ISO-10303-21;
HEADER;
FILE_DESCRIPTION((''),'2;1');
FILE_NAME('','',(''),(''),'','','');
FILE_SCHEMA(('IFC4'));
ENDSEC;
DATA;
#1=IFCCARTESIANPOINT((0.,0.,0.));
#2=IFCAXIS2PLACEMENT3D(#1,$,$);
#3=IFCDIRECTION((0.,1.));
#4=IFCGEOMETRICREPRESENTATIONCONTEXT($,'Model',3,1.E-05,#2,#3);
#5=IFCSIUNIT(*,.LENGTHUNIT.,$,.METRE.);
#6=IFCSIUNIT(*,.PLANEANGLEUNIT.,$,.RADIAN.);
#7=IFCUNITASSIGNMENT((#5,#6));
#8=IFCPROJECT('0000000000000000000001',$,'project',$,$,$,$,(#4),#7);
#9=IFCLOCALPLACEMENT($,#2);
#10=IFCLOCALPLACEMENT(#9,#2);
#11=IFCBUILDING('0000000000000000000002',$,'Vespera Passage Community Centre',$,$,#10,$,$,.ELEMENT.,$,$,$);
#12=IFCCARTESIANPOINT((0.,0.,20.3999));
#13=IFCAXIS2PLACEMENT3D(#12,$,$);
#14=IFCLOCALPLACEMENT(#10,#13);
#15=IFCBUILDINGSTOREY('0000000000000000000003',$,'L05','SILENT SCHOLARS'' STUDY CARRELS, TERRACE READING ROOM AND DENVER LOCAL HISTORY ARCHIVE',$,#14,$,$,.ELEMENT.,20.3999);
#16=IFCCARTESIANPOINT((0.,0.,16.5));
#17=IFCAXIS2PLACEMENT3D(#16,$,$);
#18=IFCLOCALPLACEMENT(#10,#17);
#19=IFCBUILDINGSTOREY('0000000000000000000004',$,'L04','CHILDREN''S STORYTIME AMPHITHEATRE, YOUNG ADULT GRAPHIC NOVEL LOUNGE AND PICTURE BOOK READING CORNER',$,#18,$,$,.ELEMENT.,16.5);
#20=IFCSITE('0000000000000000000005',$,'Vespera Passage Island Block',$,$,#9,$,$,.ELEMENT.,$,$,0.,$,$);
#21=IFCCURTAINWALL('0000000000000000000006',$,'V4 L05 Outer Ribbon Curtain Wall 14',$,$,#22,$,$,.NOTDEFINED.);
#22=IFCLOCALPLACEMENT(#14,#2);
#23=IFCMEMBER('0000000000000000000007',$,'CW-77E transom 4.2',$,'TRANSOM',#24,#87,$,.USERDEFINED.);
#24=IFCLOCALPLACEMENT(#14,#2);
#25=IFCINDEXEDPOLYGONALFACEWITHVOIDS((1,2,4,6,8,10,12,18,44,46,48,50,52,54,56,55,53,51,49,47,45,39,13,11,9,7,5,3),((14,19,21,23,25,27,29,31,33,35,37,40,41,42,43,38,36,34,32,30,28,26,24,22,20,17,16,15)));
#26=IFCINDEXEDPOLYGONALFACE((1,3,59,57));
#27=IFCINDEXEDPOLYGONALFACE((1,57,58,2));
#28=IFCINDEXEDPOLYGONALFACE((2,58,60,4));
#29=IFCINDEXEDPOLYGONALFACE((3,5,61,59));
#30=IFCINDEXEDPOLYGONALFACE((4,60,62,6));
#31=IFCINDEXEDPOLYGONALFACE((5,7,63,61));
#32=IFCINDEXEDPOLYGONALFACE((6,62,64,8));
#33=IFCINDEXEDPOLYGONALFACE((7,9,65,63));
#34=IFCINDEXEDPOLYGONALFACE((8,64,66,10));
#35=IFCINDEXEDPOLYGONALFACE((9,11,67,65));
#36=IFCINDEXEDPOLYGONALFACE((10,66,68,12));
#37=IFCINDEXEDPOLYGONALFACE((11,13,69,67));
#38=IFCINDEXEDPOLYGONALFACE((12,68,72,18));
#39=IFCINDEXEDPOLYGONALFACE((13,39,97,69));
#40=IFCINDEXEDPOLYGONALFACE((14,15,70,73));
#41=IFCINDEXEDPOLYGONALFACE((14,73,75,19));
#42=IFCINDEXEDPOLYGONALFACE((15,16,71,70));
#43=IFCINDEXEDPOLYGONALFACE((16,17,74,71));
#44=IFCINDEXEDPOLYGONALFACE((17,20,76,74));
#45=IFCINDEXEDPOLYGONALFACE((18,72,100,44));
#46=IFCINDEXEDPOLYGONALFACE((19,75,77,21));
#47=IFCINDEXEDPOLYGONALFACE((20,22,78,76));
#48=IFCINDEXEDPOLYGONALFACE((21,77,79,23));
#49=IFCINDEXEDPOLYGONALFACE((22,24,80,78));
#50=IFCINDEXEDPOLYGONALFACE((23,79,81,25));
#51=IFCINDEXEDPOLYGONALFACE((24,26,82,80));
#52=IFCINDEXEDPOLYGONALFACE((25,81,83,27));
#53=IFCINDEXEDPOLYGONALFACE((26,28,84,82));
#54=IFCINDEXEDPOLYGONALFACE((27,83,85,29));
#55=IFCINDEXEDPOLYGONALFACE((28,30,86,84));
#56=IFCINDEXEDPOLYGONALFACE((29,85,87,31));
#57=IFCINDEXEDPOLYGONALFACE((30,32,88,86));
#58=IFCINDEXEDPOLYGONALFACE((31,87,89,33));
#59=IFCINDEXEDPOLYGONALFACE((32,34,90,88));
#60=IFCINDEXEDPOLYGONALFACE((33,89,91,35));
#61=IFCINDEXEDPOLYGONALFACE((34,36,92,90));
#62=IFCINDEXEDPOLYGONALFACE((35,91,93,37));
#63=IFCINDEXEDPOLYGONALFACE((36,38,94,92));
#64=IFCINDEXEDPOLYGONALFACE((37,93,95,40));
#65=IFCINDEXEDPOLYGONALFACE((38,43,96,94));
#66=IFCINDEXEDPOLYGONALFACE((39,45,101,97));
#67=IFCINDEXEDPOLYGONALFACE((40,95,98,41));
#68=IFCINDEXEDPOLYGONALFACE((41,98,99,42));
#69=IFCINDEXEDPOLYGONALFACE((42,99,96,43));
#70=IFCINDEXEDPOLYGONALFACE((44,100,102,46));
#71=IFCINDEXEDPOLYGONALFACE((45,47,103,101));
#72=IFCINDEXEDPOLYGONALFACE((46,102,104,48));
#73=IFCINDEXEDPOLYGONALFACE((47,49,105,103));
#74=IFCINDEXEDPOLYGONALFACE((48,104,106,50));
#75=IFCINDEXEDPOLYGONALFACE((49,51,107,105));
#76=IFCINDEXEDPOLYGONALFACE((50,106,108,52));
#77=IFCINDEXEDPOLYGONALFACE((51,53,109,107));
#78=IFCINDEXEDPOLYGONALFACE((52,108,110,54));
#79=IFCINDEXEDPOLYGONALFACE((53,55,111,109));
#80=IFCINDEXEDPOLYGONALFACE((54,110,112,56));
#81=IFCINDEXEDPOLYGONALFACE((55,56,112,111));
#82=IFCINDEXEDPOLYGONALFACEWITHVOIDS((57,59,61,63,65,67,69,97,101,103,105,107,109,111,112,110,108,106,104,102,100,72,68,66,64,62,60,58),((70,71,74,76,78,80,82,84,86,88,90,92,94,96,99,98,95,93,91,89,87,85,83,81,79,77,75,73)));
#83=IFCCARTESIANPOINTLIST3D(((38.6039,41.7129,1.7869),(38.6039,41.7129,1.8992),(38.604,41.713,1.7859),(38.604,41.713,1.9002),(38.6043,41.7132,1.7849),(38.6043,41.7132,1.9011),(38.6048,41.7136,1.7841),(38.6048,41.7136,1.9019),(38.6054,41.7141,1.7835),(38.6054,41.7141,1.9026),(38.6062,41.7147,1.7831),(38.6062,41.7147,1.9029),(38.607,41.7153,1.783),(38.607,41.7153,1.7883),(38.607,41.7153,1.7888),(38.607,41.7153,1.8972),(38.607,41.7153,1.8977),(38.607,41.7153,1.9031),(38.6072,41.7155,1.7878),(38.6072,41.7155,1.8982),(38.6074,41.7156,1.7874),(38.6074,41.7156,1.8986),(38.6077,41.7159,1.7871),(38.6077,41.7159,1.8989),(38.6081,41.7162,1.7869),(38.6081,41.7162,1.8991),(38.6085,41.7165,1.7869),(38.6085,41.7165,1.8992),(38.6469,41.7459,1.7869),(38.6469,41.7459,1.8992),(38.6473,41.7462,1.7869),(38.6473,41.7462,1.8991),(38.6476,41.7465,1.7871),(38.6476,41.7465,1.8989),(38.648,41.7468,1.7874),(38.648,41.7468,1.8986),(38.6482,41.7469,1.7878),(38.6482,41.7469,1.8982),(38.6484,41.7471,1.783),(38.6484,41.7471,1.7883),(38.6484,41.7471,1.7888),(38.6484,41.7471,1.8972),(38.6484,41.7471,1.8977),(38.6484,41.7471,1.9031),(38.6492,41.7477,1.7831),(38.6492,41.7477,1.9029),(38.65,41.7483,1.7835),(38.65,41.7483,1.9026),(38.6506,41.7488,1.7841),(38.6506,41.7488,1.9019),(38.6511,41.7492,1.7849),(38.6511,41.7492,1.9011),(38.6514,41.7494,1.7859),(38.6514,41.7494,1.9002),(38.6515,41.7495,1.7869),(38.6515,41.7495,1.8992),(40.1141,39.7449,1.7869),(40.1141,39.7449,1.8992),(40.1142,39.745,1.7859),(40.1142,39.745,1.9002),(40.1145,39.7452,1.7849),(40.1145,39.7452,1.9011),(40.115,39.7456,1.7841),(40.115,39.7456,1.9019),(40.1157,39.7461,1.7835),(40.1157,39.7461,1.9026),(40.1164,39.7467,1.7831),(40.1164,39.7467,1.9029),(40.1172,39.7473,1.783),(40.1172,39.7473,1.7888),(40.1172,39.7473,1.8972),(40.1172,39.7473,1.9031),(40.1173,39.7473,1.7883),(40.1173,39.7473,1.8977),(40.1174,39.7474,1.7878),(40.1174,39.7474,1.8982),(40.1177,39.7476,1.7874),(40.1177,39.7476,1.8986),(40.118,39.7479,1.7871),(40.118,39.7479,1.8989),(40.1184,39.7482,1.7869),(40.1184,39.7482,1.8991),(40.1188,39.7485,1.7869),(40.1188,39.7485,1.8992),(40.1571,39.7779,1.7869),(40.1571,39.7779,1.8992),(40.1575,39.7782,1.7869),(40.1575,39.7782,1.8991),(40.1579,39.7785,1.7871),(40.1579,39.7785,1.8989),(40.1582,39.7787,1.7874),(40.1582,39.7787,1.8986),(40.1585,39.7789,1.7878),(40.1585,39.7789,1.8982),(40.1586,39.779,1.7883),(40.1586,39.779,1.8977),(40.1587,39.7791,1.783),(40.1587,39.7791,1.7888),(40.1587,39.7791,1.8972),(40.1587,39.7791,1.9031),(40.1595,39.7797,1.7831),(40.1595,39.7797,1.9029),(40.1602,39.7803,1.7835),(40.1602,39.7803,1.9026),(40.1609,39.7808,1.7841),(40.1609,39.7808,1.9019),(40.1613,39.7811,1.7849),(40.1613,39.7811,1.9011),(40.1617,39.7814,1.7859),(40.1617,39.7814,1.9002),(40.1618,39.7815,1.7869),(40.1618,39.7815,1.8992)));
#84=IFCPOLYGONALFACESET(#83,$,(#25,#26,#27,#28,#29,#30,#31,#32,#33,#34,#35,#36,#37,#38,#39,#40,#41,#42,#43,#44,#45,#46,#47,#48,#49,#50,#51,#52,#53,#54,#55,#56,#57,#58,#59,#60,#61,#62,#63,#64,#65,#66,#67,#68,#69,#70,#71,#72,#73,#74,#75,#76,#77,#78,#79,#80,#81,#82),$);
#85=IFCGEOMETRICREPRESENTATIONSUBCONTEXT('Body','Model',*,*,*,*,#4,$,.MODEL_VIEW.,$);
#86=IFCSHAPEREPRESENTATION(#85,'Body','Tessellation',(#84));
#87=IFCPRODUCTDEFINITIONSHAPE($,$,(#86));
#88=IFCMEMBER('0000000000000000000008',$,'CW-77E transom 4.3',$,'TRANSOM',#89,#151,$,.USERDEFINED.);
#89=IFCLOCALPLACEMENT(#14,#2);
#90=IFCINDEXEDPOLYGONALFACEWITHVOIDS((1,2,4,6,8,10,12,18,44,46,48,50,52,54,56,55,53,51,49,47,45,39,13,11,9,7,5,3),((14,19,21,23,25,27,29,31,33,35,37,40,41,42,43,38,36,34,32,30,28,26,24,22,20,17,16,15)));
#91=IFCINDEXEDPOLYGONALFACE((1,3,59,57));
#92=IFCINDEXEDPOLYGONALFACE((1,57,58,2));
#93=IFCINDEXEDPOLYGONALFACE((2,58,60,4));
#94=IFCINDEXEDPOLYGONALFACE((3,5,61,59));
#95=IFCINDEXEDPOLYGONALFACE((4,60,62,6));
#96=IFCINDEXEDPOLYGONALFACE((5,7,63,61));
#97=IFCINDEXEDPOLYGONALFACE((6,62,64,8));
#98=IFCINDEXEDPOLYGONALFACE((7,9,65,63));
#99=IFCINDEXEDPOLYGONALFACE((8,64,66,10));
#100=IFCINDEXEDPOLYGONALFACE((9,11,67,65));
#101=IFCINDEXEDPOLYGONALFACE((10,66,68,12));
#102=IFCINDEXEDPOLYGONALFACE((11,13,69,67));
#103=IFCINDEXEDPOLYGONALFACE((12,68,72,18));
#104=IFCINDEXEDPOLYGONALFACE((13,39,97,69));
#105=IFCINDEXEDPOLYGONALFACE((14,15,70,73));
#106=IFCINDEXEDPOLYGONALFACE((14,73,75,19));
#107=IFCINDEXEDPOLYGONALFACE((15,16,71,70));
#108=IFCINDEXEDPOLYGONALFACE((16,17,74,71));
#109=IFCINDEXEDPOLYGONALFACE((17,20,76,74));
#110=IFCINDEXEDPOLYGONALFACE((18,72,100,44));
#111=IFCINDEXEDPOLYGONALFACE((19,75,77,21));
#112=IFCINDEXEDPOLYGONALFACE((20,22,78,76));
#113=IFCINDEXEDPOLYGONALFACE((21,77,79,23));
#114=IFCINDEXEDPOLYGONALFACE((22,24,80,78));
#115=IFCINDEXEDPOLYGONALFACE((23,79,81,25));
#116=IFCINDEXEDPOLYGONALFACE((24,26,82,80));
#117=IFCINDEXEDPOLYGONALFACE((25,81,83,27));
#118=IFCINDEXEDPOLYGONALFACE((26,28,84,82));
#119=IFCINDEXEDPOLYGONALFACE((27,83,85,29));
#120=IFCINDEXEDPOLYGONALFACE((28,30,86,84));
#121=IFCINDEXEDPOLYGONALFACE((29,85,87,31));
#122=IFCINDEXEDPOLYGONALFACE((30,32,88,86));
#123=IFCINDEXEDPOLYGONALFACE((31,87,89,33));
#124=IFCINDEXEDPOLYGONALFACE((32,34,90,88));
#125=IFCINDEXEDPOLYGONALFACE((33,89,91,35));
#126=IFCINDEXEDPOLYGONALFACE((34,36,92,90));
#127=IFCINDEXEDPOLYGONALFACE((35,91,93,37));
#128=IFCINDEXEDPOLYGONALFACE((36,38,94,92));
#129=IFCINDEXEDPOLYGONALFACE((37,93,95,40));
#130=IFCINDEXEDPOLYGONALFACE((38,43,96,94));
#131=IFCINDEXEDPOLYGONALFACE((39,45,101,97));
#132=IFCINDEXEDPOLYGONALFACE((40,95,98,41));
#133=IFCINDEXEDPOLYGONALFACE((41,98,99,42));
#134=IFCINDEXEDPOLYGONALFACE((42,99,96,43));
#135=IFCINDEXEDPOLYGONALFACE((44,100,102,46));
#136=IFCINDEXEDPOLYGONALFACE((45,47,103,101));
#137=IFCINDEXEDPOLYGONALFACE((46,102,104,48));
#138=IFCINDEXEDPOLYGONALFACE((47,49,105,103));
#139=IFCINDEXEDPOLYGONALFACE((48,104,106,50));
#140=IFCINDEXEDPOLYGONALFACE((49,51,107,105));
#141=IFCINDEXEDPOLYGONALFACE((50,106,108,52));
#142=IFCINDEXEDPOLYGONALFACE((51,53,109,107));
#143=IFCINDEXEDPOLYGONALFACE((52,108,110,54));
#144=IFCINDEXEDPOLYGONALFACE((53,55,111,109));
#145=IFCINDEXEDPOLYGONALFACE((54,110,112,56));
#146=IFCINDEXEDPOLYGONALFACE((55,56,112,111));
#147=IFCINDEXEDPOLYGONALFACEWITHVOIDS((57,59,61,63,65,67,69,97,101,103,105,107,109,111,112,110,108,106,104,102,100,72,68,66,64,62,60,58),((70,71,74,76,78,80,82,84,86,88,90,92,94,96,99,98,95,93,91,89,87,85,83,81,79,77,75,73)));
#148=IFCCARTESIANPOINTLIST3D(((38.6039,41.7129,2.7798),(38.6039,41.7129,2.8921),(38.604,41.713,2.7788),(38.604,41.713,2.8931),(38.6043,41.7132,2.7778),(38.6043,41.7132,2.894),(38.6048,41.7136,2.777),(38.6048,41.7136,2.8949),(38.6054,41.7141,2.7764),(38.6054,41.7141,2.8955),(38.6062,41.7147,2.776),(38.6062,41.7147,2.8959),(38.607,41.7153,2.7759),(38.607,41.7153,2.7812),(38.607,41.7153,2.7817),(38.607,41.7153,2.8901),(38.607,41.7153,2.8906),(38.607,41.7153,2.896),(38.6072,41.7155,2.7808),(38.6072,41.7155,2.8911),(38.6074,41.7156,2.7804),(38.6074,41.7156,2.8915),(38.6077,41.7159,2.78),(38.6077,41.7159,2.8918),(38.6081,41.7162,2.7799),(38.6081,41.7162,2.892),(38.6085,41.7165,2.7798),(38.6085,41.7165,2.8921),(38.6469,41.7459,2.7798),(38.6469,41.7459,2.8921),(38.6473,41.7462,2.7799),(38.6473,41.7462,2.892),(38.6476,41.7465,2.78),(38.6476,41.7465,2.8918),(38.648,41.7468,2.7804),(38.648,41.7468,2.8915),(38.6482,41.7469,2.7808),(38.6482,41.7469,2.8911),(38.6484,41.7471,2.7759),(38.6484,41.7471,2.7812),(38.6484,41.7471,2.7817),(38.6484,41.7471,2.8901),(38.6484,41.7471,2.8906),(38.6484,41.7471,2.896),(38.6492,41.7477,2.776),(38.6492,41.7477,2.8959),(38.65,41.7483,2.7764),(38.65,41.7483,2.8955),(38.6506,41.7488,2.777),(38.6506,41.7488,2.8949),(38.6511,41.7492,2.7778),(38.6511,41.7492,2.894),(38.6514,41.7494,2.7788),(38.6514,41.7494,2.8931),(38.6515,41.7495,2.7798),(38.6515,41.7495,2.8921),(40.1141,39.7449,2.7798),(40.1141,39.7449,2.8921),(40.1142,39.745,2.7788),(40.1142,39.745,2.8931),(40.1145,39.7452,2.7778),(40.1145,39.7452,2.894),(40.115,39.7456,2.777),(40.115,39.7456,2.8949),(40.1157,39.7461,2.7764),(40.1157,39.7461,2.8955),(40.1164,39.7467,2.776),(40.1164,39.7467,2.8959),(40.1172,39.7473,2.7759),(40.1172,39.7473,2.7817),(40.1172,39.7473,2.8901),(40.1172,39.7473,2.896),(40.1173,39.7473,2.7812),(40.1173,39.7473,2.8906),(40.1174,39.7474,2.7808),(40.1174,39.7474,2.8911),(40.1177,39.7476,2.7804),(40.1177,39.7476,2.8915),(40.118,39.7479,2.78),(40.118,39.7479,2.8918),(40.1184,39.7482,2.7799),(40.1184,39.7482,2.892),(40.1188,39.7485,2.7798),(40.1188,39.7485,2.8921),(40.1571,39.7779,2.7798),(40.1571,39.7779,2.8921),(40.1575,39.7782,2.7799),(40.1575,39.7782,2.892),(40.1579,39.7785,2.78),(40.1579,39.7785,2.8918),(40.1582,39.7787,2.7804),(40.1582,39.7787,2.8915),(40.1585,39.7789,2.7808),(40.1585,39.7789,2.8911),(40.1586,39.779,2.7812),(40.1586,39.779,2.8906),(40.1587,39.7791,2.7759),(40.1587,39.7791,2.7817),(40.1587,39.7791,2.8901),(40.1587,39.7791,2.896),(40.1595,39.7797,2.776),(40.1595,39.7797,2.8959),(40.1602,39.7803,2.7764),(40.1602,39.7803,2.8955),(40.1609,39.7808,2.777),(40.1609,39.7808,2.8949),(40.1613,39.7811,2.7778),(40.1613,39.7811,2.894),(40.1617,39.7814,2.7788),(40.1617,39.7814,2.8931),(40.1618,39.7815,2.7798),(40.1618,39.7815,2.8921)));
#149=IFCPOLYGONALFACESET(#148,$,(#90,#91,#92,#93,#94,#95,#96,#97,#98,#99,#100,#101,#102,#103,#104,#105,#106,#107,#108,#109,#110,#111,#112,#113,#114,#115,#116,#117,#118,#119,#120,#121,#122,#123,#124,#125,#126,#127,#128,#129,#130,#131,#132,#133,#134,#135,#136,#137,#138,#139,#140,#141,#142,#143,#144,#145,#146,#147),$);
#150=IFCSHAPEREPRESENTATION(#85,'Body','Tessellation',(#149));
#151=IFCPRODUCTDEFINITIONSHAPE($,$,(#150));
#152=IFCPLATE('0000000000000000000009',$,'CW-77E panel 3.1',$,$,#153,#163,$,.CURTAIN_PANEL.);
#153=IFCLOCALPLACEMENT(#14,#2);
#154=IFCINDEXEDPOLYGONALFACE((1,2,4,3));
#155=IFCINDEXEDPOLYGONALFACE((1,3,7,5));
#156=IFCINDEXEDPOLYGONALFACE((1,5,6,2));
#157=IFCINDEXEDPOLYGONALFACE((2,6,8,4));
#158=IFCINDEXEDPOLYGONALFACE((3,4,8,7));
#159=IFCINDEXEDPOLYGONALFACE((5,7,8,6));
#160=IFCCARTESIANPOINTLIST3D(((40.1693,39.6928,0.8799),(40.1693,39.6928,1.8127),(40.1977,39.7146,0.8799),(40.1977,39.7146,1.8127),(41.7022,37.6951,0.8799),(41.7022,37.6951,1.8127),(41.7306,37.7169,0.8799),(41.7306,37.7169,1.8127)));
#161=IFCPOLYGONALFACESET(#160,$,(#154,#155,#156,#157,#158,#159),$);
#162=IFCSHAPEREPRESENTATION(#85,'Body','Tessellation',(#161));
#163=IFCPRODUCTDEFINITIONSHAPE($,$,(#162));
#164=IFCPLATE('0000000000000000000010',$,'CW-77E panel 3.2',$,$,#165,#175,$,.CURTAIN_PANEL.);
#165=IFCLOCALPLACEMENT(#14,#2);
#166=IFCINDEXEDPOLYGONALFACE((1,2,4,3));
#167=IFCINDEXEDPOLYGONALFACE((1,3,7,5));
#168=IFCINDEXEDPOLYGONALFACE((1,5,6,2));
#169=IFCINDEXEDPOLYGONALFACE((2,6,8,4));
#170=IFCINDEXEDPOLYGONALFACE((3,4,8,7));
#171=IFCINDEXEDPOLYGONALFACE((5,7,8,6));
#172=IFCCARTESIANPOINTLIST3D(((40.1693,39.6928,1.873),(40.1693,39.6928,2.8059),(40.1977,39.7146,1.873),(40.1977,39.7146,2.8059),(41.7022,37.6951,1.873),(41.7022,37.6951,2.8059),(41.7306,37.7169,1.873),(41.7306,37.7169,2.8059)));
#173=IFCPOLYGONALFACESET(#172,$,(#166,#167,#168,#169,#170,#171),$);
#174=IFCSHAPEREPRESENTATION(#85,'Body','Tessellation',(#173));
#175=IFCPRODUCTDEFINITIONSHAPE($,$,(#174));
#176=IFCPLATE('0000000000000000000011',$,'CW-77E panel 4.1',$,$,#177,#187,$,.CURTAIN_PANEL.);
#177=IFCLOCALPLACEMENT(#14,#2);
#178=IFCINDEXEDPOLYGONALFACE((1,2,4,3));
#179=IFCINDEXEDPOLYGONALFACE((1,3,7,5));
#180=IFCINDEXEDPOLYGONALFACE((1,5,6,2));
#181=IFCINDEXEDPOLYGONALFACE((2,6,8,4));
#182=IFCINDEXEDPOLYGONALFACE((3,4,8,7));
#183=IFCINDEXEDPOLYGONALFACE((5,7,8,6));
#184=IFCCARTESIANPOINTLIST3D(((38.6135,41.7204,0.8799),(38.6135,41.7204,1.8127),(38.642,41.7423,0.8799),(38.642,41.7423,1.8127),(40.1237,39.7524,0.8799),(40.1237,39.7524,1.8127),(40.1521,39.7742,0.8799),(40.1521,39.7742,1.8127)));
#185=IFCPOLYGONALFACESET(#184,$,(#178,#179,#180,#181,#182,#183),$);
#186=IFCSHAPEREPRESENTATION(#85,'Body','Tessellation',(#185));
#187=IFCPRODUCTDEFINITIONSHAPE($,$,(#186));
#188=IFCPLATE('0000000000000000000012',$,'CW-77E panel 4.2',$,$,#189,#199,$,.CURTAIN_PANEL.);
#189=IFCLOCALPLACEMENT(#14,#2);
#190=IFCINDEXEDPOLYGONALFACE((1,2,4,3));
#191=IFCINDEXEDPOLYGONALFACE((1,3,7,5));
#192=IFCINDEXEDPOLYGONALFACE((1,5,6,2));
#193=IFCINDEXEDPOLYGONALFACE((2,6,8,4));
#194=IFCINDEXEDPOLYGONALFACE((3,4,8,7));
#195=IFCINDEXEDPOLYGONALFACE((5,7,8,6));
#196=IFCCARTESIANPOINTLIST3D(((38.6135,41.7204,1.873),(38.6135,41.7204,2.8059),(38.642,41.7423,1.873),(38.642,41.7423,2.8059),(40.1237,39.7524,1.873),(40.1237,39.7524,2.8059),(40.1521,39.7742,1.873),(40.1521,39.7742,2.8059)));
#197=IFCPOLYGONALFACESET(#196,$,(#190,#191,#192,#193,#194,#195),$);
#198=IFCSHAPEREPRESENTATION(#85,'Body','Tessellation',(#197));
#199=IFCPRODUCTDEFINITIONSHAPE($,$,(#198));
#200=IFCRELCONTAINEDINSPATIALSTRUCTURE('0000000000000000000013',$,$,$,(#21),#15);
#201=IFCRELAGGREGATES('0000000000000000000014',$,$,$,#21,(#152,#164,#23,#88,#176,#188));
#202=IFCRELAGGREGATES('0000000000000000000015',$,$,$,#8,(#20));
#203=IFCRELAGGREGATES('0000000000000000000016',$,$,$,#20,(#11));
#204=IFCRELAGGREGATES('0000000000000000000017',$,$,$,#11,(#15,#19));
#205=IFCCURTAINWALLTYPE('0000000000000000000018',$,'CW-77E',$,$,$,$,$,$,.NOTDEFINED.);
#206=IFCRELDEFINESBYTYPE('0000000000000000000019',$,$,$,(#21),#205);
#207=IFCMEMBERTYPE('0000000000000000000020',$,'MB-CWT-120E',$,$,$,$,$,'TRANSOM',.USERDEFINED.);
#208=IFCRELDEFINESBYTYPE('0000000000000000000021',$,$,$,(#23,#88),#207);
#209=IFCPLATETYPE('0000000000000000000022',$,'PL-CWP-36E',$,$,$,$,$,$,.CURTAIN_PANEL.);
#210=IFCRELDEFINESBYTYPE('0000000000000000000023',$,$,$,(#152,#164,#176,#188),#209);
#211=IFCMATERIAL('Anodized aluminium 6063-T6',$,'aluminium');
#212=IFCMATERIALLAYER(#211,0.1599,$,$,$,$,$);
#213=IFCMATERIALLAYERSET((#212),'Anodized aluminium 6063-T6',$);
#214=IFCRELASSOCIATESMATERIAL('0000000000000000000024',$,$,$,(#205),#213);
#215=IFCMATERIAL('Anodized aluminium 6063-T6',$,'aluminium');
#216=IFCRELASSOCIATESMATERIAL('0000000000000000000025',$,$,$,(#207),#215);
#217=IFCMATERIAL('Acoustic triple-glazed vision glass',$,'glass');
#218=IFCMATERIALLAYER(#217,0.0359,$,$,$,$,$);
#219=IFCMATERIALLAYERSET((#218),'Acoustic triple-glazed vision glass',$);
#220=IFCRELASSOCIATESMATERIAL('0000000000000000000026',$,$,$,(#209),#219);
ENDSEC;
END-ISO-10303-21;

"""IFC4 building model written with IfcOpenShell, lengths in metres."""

from ifc_helpers import new_model, si_unit, direction, frame, origin, origin_2d, place, context, subcontext, project, spatial, rectangle, hollow_rectangle, extrude, material, layer, layer_set, material_profile, profile_set, type_object, element, aggregate, save


model = new_model("IFC4")

# Units and contexts
model_context = context("Model", 3, precision=1e-05, world=origin(), true_north=direction((0.0, 1.0)))
body_context = subcontext(model_context, "Body", "Model", "MODEL_VIEW")
ifc_project = project(units=[si_unit("LENGTHUNIT", "METRE"), si_unit("PLANEANGLEUNIT", "RADIAN")], contexts=[model_context])

# Site, building, storey
site_placement = place(None, origin())
site = spatial("IfcSite", under=ifc_project, at=site_placement, Name="Vespera Passage Island Block", CompositionType="ELEMENT", RefElevation=0.0)
building_placement = place(site_placement, origin())
building = spatial("IfcBuilding", under=site, at=building_placement, Name="Vespera Passage Community Centre", CompositionType="ELEMENT")
storey_1_placement = place(building_placement, frame((0.0, 0.0, 20.3999)))
storey_1 = spatial("IfcBuildingStorey", under=building, at=storey_1_placement, Name="L05", Description="SILENT SCHOLARS' STUDY CARRELS, TERRACE READING ROOM AND DENVER LOCAL HISTORY ARCHIVE", CompositionType="ELEMENT", Elevation=20.3999)

# Curtain wall, members, plates
ifc_material_1 = material(Name="Anodized aluminium 6063-T6", Category="aluminium")
ifc_layer_1 = layer(ifc_material_1, 0.1599)
ifc_layer_set_1 = layer_set([ifc_layer_1], Name="Anodized aluminium 6063-T6")
curtain_wall_type = type_object("IfcCurtainWallType", Name="CW-77E", PredefinedType="NOTDEFINED", material=ifc_layer_set_1)
curtain_wall_placement = place(storey_1_placement, origin())
curtain_wall = element("IfcCurtainWall", 1, at=curtain_wall_placement, inside=storey_1, type_object=curtain_wall_type, Name="V4 L05 Outer Ribbon Curtain Wall 14", PredefinedType="NOTDEFINED")
ifc_material_2 = material(Name="Anodized aluminium 6063-T6", Category="aluminium")
ifc_material_profile_1 = material_profile(ifc_material_2, hollow_rectangle(XDim=0.0601, YDim=0.1201, WallThickness=0.0039, InnerFilletRadius=0.002, OuterFilletRadius=0.0039, at=origin_2d()), Name="ALU120X60X4")
ifc_profile_set_1 = profile_set([ifc_material_profile_1], Name="Anodized aluminium 6063-T6")
member_type_1 = type_object("IfcMemberType", Name="MB-CWT-120E", ElementType="TRANSOM", PredefinedType="USERDEFINED", material=ifc_profile_set_1)
member_1_placement = place(storey_1_placement, frame((40.1379, 39.7632, 1.843), z_axis=(-0.608797, 0.793326, 0.0), x_axis=(-0.793326, -0.608797, 0.0)))
member_1 = element("IfcMember", 2, at=member_1_placement, type_object=member_type_1, Name="CW-77E transom 4.2", ObjectType="TRANSOM", PredefinedType="USERDEFINED", context=body_context, shape_type="SweptSolid", body=[
    extrude(hollow_rectangle(XDim=0.0601, YDim=0.1201, WallThickness=0.0039, InnerFilletRadius=0.002, OuterFilletRadius=0.0039, at=origin_2d()), origin(), (0.0, 0.0, 1.0), 2.4807),
])
member_2_placement = place(storey_1_placement, frame((40.1379, 39.7632, 2.8359), z_axis=(-0.608797, 0.793326, 0.0), x_axis=(-0.793326, -0.608797, 0.0)))
member_2 = element("IfcMember", 3, at=member_2_placement, type_object=member_type_1, Name="CW-77E transom 4.3", ObjectType="TRANSOM", PredefinedType="USERDEFINED", context=body_context, shape_type="SweptSolid", body=[
    extrude(hollow_rectangle(XDim=0.0601, YDim=0.1201, WallThickness=0.0039, InnerFilletRadius=0.002, OuterFilletRadius=0.0039, at=origin_2d()), origin(), (0.0, 0.0, 1.0), 2.4807),
])
ifc_material_3 = material(Name="Acoustic triple-glazed vision glass", Category="glass")
ifc_layer_2 = layer(ifc_material_3, 0.0359)
ifc_layer_set_2 = layer_set([ifc_layer_2], Name="Acoustic triple-glazed vision glass")
plate_type = type_object("IfcPlateType", Name="PL-CWP-36E", PredefinedType="CURTAIN_PANEL", material=ifc_layer_set_2)
plate_1_placement = place(storey_1_placement, frame((40.95, 38.7048, 0.8799), z_axis=(0.0, 0.0, 1.0), x_axis=(-0.608765, 0.79335, 0.0)))
plate_1 = element("IfcPlate", 4, at=plate_1_placement, type_object=plate_type, Name="CW-77E panel 3.1", PredefinedType="CURTAIN_PANEL", context=body_context, shape_type="SweptSolid", body=[
    extrude(rectangle(XDim=2.5181, YDim=0.0359, at=origin_2d()), origin(), (0.0, 0.0, 1.0), 0.9329),
])
plate_2_placement = place(storey_1_placement, frame((40.95, 38.7048, 1.873), z_axis=(0.0, 0.0, 1.0), x_axis=(-0.608765, 0.79335, 0.0)))
plate_2 = element("IfcPlate", 5, at=plate_2_placement, type_object=plate_type, Name="CW-77E panel 3.2", PredefinedType="CURTAIN_PANEL", context=body_context, shape_type="SweptSolid", body=[
    extrude(rectangle(XDim=2.5181, YDim=0.0359, at=origin_2d()), origin(), (0.0, 0.0, 1.0), 0.9329),
])
plate_3_placement = place(storey_1_placement, frame((39.3828, 40.7473, 0.8799), z_axis=(0.0, 0.0, 1.0), x_axis=(-0.608765, 0.79335, 0.0)))
plate_3 = element("IfcPlate", 6, at=plate_3_placement, type_object=plate_type, Name="CW-77E panel 4.1", PredefinedType="CURTAIN_PANEL", context=body_context, shape_type="SweptSolid", body=[
    extrude(rectangle(XDim=2.4807, YDim=0.0359, at=origin_2d()), origin(), (0.0, 0.0, 1.0), 0.9329),
])
plate_4_placement = place(storey_1_placement, frame((39.3828, 40.7473, 1.873), z_axis=(0.0, 0.0, 1.0), x_axis=(-0.608765, 0.79335, 0.0)))
plate_4 = element("IfcPlate", 7, at=plate_4_placement, type_object=plate_type, Name="CW-77E panel 4.2", PredefinedType="CURTAIN_PANEL", context=body_context, shape_type="SweptSolid", body=[
    extrude(rectangle(XDim=2.4807, YDim=0.0359, at=origin_2d()), origin(), (0.0, 0.0, 1.0), 0.9329),
])
aggregate(curtain_wall, [plate_1, plate_2, member_1, member_2, plate_3, plate_4])

# Shared definitions
storey_2_placement = place(building_placement, frame((0.0, 0.0, 16.5)))
storey_2 = spatial("IfcBuildingStorey", under=building, at=storey_2_placement, Name="L04", Description="CHILDREN'S STORYTIME AMPHITHEATRE, YOUNG ADULT GRAPHIC NOVEL LOUNGE AND PICTURE BOOK READING CORNER", CompositionType="ELEMENT", Elevation=16.5)

save(model, "model.ifc")
